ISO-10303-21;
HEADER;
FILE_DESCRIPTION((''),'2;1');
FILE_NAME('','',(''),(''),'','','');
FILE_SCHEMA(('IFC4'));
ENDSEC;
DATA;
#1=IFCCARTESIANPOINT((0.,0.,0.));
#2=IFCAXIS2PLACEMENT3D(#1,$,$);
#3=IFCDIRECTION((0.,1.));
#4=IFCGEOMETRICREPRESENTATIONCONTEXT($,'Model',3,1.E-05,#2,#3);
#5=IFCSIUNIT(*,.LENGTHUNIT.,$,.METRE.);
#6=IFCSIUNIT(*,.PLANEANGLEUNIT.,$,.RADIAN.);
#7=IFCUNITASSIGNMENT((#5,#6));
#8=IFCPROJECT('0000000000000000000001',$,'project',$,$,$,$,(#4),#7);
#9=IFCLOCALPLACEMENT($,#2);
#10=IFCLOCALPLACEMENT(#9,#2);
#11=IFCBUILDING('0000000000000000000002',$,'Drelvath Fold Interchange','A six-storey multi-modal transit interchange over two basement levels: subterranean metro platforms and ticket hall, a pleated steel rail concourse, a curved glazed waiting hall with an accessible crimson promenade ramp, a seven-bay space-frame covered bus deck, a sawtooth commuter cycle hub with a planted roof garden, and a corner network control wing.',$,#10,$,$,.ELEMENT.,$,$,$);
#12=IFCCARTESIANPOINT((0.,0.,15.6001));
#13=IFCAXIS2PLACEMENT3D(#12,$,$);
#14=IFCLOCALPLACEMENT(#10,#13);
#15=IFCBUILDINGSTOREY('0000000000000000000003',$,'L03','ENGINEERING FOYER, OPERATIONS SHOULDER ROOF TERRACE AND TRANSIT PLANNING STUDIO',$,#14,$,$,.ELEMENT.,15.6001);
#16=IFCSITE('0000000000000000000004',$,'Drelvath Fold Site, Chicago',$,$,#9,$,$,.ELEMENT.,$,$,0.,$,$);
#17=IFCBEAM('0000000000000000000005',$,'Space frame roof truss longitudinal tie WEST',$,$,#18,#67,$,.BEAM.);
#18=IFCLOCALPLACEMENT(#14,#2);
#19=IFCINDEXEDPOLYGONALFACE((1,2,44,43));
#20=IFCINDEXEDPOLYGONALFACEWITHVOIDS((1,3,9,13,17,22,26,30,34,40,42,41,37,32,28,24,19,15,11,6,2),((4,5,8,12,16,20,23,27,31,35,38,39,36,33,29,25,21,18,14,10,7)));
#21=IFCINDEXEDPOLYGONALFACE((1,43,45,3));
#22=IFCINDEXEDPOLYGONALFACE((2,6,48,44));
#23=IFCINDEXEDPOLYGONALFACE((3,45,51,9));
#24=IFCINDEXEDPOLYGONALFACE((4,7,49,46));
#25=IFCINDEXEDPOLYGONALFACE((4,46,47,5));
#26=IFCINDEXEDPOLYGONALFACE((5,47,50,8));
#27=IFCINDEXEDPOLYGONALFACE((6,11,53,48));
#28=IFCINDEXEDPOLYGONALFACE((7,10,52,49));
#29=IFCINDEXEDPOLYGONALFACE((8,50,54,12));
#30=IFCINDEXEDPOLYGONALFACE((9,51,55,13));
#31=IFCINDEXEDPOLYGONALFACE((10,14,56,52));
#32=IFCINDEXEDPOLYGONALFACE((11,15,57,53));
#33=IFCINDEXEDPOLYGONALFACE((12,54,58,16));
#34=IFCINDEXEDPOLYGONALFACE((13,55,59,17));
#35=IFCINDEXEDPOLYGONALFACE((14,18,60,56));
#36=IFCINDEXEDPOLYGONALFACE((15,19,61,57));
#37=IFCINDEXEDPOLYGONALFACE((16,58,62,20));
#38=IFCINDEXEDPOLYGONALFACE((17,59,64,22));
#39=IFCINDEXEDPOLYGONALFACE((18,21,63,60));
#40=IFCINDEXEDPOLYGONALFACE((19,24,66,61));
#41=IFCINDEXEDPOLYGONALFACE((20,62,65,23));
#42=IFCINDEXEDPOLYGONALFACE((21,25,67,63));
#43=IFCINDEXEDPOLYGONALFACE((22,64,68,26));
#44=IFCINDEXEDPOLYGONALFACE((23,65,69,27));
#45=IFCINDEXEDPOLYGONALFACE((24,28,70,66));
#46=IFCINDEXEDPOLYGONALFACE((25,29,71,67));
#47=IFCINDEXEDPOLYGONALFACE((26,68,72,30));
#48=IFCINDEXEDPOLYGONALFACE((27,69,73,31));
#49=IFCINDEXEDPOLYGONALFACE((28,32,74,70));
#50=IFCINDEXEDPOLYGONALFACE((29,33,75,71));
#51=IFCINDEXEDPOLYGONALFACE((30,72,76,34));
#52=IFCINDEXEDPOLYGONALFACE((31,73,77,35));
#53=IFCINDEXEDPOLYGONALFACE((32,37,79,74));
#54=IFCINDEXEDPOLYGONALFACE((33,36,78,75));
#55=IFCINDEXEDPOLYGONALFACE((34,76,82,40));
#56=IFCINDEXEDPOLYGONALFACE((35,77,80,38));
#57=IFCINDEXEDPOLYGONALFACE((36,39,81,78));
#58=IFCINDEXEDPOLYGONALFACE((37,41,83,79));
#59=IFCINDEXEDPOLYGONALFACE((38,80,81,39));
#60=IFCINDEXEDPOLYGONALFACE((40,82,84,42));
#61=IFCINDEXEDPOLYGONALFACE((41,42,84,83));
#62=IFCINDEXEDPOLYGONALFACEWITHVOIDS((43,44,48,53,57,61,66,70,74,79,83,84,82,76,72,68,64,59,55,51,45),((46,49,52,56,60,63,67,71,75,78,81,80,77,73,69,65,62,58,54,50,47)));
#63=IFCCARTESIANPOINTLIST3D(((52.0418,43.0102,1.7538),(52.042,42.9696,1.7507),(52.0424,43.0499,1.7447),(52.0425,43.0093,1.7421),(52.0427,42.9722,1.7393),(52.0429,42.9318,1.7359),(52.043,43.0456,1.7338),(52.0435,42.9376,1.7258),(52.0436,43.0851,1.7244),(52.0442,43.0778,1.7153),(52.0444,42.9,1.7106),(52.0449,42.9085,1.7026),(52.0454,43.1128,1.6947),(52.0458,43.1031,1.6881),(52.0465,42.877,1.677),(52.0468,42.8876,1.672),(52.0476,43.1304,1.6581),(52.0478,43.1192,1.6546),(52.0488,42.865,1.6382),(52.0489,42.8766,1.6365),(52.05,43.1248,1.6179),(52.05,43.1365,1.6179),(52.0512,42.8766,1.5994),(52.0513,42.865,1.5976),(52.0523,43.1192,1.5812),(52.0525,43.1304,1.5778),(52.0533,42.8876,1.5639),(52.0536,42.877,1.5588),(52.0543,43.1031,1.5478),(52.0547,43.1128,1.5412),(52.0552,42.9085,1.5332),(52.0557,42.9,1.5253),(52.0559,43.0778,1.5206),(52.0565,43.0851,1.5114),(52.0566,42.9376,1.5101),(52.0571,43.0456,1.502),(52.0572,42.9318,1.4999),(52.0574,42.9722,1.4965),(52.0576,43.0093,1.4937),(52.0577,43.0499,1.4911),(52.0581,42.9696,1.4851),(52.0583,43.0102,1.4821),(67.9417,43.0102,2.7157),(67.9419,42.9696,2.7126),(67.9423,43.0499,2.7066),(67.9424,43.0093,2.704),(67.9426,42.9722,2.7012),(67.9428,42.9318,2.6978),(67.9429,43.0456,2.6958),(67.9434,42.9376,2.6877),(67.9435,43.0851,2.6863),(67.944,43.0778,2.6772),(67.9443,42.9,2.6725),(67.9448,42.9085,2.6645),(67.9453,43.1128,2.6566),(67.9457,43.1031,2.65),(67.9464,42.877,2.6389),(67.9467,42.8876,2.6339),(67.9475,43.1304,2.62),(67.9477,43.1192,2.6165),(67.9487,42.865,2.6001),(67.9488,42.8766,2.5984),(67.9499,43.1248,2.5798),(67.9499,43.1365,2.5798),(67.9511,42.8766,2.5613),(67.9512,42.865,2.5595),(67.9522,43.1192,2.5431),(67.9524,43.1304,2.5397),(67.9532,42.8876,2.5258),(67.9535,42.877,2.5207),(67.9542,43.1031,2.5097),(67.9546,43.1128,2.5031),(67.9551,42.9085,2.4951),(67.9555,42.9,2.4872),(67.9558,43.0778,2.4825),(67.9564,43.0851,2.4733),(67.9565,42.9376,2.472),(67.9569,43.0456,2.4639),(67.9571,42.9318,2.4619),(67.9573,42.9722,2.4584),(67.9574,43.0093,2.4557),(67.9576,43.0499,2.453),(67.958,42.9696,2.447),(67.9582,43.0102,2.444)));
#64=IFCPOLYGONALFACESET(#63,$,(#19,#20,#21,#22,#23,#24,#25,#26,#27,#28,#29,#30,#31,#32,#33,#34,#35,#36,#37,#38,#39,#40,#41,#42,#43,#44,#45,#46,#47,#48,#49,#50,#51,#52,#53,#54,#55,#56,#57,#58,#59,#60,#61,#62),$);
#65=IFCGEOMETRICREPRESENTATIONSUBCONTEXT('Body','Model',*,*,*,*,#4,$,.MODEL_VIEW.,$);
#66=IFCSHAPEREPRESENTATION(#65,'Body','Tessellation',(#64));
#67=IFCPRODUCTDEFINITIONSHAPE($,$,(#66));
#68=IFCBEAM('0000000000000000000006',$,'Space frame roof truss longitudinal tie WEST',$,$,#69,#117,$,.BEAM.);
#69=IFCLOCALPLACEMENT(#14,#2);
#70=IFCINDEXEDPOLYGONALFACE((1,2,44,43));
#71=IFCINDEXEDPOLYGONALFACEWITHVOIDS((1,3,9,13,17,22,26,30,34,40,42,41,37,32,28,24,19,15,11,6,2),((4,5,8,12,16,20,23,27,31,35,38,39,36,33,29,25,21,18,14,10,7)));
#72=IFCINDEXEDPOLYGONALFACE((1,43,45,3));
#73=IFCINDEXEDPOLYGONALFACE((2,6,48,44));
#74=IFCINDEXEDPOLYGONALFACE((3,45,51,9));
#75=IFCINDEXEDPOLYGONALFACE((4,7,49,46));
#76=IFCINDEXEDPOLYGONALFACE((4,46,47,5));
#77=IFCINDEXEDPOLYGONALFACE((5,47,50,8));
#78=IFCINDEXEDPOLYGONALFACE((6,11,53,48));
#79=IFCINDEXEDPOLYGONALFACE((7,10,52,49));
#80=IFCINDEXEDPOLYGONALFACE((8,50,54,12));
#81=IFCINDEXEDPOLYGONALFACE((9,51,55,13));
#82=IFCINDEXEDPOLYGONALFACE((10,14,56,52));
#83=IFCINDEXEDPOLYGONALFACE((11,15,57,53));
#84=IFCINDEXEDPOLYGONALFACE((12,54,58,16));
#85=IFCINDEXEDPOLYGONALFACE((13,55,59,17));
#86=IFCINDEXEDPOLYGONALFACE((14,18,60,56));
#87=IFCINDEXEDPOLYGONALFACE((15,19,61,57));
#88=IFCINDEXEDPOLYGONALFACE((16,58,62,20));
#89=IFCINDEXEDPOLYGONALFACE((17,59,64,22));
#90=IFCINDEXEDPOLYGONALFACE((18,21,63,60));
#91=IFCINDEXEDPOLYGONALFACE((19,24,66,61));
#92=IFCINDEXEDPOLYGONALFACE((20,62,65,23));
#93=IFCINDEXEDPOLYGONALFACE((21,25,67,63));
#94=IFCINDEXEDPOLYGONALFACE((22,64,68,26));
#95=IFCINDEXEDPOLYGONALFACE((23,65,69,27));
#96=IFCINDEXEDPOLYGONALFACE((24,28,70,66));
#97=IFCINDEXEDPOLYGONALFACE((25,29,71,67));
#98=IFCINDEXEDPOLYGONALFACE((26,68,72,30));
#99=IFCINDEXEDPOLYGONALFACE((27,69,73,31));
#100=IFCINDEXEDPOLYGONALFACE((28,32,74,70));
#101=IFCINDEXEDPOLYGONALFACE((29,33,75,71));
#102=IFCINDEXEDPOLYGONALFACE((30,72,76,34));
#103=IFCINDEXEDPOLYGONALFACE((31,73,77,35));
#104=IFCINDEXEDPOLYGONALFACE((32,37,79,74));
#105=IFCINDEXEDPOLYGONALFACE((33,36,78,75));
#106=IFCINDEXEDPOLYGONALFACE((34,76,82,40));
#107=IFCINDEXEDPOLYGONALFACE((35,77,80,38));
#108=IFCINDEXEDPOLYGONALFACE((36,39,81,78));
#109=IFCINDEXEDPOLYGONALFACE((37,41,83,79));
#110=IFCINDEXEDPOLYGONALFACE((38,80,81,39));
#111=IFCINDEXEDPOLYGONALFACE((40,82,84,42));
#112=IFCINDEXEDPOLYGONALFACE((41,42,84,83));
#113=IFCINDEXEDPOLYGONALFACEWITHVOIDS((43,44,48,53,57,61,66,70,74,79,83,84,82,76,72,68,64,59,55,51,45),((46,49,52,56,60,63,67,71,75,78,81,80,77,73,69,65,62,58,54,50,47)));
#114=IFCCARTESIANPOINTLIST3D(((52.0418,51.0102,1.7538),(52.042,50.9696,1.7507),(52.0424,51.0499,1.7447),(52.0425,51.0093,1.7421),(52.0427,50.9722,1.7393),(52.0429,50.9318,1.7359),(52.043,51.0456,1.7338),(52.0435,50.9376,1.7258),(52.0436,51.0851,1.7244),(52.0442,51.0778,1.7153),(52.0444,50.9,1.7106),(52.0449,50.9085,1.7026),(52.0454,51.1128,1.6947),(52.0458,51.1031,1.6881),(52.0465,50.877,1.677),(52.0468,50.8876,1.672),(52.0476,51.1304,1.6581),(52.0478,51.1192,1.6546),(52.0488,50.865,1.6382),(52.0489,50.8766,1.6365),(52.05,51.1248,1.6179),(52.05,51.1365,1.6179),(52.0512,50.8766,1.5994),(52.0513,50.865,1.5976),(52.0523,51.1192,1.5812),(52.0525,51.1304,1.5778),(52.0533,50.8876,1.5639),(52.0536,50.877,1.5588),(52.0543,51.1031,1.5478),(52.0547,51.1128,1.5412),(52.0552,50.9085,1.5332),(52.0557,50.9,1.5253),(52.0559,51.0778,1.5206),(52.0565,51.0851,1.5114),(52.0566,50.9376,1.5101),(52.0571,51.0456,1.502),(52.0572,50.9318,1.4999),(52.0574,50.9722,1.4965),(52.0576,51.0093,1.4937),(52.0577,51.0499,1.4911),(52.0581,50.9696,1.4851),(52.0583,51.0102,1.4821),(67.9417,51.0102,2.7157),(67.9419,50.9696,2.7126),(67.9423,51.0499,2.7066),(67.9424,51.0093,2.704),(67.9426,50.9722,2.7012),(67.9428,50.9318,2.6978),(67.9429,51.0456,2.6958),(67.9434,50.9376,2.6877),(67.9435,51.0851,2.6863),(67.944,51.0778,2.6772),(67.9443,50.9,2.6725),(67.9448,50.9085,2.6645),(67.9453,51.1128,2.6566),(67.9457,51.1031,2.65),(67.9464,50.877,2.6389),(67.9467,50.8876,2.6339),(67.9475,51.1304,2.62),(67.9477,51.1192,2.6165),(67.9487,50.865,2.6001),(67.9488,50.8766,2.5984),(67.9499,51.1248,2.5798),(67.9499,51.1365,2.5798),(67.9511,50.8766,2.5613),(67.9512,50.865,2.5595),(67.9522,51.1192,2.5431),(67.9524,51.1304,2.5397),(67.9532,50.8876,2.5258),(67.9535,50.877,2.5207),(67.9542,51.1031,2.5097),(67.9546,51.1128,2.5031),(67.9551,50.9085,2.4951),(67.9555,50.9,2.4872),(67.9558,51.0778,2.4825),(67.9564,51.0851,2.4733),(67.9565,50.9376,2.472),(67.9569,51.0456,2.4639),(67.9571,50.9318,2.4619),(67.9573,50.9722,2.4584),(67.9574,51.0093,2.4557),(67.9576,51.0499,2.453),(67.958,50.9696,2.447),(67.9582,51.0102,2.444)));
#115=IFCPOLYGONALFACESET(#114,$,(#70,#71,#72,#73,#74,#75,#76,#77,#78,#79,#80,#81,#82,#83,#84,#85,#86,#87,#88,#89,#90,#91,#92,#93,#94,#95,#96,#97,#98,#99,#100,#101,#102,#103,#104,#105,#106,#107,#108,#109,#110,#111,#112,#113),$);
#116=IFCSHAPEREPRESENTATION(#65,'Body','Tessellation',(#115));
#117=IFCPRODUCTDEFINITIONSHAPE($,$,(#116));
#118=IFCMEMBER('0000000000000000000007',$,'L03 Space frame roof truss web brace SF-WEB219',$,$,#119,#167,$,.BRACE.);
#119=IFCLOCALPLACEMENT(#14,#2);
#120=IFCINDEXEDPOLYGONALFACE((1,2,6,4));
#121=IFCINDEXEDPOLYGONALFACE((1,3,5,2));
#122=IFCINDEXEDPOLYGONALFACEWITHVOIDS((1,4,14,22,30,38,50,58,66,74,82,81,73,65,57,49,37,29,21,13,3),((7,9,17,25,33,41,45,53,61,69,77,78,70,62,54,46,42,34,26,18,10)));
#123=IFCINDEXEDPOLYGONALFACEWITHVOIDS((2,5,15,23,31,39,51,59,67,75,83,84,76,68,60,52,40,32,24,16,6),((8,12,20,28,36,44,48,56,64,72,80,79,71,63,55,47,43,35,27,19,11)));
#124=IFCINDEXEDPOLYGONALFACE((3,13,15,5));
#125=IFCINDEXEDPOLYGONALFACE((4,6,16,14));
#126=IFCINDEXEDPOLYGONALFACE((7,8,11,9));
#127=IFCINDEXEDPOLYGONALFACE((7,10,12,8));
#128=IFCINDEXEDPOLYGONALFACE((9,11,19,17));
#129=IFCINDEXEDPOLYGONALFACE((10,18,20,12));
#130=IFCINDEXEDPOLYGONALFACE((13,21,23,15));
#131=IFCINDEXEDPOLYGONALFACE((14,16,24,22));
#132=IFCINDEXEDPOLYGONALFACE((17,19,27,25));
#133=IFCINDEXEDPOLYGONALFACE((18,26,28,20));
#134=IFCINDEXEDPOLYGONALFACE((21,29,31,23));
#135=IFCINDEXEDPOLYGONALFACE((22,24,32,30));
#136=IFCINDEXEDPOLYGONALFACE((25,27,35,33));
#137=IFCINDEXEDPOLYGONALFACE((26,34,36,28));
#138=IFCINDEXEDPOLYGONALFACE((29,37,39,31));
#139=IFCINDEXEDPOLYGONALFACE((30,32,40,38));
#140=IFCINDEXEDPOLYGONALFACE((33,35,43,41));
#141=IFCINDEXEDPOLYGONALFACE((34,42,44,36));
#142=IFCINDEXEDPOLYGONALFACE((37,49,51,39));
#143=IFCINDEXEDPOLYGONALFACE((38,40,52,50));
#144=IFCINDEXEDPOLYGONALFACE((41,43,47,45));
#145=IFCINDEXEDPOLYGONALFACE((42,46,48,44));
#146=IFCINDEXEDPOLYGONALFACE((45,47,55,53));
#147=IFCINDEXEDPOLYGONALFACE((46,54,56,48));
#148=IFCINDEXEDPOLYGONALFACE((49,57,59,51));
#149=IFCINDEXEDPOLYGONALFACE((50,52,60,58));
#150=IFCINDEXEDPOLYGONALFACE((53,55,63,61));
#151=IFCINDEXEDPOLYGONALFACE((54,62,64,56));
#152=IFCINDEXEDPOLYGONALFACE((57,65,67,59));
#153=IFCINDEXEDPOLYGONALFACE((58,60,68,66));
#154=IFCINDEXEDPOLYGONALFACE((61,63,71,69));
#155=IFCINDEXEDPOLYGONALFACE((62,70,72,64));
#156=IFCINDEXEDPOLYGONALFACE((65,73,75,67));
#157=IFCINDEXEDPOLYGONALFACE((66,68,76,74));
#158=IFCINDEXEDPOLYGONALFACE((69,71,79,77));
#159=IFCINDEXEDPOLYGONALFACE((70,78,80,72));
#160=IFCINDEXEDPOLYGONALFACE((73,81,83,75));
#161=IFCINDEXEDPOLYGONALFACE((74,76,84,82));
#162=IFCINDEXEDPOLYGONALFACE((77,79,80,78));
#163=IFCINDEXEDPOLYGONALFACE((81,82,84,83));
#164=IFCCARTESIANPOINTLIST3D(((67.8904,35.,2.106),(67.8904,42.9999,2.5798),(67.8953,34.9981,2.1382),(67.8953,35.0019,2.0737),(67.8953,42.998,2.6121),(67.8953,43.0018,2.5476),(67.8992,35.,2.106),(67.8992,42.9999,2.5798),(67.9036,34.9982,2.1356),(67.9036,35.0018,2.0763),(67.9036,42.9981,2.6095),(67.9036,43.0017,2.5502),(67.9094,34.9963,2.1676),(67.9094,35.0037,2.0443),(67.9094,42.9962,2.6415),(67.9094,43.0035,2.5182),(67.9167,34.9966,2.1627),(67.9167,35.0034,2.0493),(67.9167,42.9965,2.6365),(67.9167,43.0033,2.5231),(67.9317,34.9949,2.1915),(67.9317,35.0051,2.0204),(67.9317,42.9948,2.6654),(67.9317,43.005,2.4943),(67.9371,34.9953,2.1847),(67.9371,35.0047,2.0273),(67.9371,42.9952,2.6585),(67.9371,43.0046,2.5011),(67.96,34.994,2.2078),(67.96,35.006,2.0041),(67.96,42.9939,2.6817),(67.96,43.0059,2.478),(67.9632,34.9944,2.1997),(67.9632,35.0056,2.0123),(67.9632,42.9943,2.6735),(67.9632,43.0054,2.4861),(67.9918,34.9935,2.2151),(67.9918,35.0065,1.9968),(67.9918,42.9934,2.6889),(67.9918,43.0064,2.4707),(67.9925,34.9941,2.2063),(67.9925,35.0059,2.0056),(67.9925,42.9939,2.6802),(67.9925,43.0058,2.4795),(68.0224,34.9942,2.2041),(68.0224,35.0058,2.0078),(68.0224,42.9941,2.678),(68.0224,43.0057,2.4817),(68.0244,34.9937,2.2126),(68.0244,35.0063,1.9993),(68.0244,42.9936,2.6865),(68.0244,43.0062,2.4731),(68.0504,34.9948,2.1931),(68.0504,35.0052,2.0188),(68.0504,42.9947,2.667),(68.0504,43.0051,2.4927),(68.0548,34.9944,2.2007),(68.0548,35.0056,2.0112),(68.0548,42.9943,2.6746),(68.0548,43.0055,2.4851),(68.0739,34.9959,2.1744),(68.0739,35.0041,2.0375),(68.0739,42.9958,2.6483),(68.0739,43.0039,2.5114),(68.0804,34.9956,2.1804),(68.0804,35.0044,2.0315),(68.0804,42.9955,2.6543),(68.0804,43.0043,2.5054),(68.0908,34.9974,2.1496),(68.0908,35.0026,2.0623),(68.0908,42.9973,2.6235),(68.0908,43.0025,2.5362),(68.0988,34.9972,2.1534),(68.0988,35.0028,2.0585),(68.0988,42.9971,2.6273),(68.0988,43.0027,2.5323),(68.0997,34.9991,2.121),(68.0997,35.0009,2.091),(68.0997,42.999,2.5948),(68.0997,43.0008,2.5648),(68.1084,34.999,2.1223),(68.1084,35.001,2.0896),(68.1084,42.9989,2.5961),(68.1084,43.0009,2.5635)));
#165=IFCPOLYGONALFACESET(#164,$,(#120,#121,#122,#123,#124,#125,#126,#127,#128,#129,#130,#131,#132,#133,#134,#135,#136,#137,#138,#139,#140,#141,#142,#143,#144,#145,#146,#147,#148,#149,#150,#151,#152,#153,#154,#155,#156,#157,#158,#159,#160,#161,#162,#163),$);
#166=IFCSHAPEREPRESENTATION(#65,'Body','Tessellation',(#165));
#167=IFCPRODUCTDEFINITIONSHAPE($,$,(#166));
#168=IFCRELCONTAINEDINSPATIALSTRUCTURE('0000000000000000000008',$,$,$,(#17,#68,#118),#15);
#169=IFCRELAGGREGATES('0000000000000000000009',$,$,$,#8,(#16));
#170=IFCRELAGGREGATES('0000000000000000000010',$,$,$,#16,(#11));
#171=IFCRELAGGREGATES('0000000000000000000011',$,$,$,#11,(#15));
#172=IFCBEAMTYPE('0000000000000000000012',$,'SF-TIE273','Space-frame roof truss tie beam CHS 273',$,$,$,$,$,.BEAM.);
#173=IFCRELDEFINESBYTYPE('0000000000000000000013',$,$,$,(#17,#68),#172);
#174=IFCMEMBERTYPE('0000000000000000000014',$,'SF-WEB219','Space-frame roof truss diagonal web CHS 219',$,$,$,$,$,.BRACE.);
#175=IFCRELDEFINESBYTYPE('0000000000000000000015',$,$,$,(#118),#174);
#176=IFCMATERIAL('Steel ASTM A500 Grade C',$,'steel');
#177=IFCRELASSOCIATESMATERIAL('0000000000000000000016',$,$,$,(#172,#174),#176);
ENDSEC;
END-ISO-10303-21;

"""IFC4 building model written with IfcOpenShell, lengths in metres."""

from ifc_helpers import new_model, si_unit, direction, frame, origin, origin_2d, place, context, subcontext, project, spatial, hollow_circle, extrude, material, material_profile, profile_set, type_object, element, save


model = new_model("IFC4")

# Units and contexts
model_context = context("Model", 3, precision=1e-05, world=origin(), true_north=direction((0.0, 1.0)))
body_context = subcontext(model_context, "Body", "Model", "MODEL_VIEW")
ifc_project = project(units=[si_unit("LENGTHUNIT", "METRE"), si_unit("PLANEANGLEUNIT", "RADIAN")], contexts=[model_context])

# Site, building, storey
site_placement = place(None, origin())
site = spatial("IfcSite", under=ifc_project, at=site_placement, Name="Drelvath Fold Site, Chicago", CompositionType="ELEMENT", RefElevation=0.0)
building_placement = place(site_placement, origin())
building = spatial("IfcBuilding", under=site, at=building_placement, Name="Drelvath Fold Interchange", Description="A six-storey multi-modal transit interchange over two basement levels: subterranean metro platforms and ticket hall, a pleated steel rail concourse, a curved glazed waiting hall with an accessible crimson promenade ramp, a seven-bay space-frame covered bus deck, a sawtooth commuter cycle hub with a planted roof garden, and a corner network control wing.", CompositionType="ELEMENT")
storey_placement = place(building_placement, frame((0.0, 0.0, 15.6001)))
storey = spatial("IfcBuildingStorey", under=building, at=storey_placement, Name="L03", Description="ENGINEERING FOYER, OPERATIONS SHOULDER ROOF TERRACE AND TRANSIT PLANNING STUDIO", CompositionType="ELEMENT", Elevation=15.6001)

# Shared definitions
ifc_material_1 = material(Name="Steel ASTM A500 Grade C", Category="steel")

# Beams
ifc_material_profile_1 = material_profile(ifc_material_1, hollow_circle(Radius=0.1365, WallThickness=0.0117, at=origin_2d()), Name="HSS10.750X0.500")
ifc_profile_set_1 = profile_set([ifc_material_profile_1], Name="Steel ASTM A500 Grade C")
beam_type_1 = type_object("IfcBeamType", Name="SF-TIE273", Description="Space-frame roof truss tie beam CHS 273", PredefinedType="BEAM", material=ifc_profile_set_1)
for number, where, z_axis, x_axis, name in (
    (1, (52.05, 43.0, 1.6179), (0.998175, 0.0, 0.060388), (0.0, 1.0, 0.0), "Space frame roof truss longitudinal tie WEST"),
    (2, (52.05, 51.0, 1.6179), (0.998175, 0.0, 0.060388), (0.0, 1.0, 0.0), "Space frame roof truss longitudinal tie WEST"),
):
    element("IfcBeam", number, at=place(storey_placement, frame(where, z_axis=z_axis, x_axis=x_axis)), inside=storey, type_object=beam_type_1, Name=name, PredefinedType="BEAM", context=body_context, shape_type="SweptSolid", body=[
        extrude(hollow_circle(Radius=0.1365, WallThickness=0.0117, at=origin_2d()), origin(), (0.0, 0.0, 1.0), 15.929),
    ])

# Member
ifc_material_profile_2 = material_profile(ifc_material_1, hollow_circle(Radius=0.1096, WallThickness=0.0088, at=origin_2d()), Name="HSS8.625X0.375")
ifc_profile_set_2 = profile_set([ifc_material_profile_2], Name="Steel ASTM A500 Grade C")
member_type_1 = type_object("IfcMemberType", Name="SF-WEB219", Description="Space-frame roof truss diagonal web CHS 219", PredefinedType="BRACE", material=ifc_profile_set_2)
member_1_placement = place(storey_placement, frame((68.0, 35.0, 2.106), z_axis=(0.0, 0.99825, 0.059131), x_axis=(-1.0, 0.0, 0.0)))
element("IfcMember", 3, at=member_1_placement, inside=storey, type_object=member_type_1, Name="L03 Space frame roof truss web brace SF-WEB219", PredefinedType="BRACE", context=body_context, shape_type="SweptSolid", body=[
    extrude(hollow_circle(Radius=0.1096, WallThickness=0.0088, at=origin_2d()), origin(), (0.0, 0.0, 1.0), 8.0139),
])

save(model, "model.ifc")
